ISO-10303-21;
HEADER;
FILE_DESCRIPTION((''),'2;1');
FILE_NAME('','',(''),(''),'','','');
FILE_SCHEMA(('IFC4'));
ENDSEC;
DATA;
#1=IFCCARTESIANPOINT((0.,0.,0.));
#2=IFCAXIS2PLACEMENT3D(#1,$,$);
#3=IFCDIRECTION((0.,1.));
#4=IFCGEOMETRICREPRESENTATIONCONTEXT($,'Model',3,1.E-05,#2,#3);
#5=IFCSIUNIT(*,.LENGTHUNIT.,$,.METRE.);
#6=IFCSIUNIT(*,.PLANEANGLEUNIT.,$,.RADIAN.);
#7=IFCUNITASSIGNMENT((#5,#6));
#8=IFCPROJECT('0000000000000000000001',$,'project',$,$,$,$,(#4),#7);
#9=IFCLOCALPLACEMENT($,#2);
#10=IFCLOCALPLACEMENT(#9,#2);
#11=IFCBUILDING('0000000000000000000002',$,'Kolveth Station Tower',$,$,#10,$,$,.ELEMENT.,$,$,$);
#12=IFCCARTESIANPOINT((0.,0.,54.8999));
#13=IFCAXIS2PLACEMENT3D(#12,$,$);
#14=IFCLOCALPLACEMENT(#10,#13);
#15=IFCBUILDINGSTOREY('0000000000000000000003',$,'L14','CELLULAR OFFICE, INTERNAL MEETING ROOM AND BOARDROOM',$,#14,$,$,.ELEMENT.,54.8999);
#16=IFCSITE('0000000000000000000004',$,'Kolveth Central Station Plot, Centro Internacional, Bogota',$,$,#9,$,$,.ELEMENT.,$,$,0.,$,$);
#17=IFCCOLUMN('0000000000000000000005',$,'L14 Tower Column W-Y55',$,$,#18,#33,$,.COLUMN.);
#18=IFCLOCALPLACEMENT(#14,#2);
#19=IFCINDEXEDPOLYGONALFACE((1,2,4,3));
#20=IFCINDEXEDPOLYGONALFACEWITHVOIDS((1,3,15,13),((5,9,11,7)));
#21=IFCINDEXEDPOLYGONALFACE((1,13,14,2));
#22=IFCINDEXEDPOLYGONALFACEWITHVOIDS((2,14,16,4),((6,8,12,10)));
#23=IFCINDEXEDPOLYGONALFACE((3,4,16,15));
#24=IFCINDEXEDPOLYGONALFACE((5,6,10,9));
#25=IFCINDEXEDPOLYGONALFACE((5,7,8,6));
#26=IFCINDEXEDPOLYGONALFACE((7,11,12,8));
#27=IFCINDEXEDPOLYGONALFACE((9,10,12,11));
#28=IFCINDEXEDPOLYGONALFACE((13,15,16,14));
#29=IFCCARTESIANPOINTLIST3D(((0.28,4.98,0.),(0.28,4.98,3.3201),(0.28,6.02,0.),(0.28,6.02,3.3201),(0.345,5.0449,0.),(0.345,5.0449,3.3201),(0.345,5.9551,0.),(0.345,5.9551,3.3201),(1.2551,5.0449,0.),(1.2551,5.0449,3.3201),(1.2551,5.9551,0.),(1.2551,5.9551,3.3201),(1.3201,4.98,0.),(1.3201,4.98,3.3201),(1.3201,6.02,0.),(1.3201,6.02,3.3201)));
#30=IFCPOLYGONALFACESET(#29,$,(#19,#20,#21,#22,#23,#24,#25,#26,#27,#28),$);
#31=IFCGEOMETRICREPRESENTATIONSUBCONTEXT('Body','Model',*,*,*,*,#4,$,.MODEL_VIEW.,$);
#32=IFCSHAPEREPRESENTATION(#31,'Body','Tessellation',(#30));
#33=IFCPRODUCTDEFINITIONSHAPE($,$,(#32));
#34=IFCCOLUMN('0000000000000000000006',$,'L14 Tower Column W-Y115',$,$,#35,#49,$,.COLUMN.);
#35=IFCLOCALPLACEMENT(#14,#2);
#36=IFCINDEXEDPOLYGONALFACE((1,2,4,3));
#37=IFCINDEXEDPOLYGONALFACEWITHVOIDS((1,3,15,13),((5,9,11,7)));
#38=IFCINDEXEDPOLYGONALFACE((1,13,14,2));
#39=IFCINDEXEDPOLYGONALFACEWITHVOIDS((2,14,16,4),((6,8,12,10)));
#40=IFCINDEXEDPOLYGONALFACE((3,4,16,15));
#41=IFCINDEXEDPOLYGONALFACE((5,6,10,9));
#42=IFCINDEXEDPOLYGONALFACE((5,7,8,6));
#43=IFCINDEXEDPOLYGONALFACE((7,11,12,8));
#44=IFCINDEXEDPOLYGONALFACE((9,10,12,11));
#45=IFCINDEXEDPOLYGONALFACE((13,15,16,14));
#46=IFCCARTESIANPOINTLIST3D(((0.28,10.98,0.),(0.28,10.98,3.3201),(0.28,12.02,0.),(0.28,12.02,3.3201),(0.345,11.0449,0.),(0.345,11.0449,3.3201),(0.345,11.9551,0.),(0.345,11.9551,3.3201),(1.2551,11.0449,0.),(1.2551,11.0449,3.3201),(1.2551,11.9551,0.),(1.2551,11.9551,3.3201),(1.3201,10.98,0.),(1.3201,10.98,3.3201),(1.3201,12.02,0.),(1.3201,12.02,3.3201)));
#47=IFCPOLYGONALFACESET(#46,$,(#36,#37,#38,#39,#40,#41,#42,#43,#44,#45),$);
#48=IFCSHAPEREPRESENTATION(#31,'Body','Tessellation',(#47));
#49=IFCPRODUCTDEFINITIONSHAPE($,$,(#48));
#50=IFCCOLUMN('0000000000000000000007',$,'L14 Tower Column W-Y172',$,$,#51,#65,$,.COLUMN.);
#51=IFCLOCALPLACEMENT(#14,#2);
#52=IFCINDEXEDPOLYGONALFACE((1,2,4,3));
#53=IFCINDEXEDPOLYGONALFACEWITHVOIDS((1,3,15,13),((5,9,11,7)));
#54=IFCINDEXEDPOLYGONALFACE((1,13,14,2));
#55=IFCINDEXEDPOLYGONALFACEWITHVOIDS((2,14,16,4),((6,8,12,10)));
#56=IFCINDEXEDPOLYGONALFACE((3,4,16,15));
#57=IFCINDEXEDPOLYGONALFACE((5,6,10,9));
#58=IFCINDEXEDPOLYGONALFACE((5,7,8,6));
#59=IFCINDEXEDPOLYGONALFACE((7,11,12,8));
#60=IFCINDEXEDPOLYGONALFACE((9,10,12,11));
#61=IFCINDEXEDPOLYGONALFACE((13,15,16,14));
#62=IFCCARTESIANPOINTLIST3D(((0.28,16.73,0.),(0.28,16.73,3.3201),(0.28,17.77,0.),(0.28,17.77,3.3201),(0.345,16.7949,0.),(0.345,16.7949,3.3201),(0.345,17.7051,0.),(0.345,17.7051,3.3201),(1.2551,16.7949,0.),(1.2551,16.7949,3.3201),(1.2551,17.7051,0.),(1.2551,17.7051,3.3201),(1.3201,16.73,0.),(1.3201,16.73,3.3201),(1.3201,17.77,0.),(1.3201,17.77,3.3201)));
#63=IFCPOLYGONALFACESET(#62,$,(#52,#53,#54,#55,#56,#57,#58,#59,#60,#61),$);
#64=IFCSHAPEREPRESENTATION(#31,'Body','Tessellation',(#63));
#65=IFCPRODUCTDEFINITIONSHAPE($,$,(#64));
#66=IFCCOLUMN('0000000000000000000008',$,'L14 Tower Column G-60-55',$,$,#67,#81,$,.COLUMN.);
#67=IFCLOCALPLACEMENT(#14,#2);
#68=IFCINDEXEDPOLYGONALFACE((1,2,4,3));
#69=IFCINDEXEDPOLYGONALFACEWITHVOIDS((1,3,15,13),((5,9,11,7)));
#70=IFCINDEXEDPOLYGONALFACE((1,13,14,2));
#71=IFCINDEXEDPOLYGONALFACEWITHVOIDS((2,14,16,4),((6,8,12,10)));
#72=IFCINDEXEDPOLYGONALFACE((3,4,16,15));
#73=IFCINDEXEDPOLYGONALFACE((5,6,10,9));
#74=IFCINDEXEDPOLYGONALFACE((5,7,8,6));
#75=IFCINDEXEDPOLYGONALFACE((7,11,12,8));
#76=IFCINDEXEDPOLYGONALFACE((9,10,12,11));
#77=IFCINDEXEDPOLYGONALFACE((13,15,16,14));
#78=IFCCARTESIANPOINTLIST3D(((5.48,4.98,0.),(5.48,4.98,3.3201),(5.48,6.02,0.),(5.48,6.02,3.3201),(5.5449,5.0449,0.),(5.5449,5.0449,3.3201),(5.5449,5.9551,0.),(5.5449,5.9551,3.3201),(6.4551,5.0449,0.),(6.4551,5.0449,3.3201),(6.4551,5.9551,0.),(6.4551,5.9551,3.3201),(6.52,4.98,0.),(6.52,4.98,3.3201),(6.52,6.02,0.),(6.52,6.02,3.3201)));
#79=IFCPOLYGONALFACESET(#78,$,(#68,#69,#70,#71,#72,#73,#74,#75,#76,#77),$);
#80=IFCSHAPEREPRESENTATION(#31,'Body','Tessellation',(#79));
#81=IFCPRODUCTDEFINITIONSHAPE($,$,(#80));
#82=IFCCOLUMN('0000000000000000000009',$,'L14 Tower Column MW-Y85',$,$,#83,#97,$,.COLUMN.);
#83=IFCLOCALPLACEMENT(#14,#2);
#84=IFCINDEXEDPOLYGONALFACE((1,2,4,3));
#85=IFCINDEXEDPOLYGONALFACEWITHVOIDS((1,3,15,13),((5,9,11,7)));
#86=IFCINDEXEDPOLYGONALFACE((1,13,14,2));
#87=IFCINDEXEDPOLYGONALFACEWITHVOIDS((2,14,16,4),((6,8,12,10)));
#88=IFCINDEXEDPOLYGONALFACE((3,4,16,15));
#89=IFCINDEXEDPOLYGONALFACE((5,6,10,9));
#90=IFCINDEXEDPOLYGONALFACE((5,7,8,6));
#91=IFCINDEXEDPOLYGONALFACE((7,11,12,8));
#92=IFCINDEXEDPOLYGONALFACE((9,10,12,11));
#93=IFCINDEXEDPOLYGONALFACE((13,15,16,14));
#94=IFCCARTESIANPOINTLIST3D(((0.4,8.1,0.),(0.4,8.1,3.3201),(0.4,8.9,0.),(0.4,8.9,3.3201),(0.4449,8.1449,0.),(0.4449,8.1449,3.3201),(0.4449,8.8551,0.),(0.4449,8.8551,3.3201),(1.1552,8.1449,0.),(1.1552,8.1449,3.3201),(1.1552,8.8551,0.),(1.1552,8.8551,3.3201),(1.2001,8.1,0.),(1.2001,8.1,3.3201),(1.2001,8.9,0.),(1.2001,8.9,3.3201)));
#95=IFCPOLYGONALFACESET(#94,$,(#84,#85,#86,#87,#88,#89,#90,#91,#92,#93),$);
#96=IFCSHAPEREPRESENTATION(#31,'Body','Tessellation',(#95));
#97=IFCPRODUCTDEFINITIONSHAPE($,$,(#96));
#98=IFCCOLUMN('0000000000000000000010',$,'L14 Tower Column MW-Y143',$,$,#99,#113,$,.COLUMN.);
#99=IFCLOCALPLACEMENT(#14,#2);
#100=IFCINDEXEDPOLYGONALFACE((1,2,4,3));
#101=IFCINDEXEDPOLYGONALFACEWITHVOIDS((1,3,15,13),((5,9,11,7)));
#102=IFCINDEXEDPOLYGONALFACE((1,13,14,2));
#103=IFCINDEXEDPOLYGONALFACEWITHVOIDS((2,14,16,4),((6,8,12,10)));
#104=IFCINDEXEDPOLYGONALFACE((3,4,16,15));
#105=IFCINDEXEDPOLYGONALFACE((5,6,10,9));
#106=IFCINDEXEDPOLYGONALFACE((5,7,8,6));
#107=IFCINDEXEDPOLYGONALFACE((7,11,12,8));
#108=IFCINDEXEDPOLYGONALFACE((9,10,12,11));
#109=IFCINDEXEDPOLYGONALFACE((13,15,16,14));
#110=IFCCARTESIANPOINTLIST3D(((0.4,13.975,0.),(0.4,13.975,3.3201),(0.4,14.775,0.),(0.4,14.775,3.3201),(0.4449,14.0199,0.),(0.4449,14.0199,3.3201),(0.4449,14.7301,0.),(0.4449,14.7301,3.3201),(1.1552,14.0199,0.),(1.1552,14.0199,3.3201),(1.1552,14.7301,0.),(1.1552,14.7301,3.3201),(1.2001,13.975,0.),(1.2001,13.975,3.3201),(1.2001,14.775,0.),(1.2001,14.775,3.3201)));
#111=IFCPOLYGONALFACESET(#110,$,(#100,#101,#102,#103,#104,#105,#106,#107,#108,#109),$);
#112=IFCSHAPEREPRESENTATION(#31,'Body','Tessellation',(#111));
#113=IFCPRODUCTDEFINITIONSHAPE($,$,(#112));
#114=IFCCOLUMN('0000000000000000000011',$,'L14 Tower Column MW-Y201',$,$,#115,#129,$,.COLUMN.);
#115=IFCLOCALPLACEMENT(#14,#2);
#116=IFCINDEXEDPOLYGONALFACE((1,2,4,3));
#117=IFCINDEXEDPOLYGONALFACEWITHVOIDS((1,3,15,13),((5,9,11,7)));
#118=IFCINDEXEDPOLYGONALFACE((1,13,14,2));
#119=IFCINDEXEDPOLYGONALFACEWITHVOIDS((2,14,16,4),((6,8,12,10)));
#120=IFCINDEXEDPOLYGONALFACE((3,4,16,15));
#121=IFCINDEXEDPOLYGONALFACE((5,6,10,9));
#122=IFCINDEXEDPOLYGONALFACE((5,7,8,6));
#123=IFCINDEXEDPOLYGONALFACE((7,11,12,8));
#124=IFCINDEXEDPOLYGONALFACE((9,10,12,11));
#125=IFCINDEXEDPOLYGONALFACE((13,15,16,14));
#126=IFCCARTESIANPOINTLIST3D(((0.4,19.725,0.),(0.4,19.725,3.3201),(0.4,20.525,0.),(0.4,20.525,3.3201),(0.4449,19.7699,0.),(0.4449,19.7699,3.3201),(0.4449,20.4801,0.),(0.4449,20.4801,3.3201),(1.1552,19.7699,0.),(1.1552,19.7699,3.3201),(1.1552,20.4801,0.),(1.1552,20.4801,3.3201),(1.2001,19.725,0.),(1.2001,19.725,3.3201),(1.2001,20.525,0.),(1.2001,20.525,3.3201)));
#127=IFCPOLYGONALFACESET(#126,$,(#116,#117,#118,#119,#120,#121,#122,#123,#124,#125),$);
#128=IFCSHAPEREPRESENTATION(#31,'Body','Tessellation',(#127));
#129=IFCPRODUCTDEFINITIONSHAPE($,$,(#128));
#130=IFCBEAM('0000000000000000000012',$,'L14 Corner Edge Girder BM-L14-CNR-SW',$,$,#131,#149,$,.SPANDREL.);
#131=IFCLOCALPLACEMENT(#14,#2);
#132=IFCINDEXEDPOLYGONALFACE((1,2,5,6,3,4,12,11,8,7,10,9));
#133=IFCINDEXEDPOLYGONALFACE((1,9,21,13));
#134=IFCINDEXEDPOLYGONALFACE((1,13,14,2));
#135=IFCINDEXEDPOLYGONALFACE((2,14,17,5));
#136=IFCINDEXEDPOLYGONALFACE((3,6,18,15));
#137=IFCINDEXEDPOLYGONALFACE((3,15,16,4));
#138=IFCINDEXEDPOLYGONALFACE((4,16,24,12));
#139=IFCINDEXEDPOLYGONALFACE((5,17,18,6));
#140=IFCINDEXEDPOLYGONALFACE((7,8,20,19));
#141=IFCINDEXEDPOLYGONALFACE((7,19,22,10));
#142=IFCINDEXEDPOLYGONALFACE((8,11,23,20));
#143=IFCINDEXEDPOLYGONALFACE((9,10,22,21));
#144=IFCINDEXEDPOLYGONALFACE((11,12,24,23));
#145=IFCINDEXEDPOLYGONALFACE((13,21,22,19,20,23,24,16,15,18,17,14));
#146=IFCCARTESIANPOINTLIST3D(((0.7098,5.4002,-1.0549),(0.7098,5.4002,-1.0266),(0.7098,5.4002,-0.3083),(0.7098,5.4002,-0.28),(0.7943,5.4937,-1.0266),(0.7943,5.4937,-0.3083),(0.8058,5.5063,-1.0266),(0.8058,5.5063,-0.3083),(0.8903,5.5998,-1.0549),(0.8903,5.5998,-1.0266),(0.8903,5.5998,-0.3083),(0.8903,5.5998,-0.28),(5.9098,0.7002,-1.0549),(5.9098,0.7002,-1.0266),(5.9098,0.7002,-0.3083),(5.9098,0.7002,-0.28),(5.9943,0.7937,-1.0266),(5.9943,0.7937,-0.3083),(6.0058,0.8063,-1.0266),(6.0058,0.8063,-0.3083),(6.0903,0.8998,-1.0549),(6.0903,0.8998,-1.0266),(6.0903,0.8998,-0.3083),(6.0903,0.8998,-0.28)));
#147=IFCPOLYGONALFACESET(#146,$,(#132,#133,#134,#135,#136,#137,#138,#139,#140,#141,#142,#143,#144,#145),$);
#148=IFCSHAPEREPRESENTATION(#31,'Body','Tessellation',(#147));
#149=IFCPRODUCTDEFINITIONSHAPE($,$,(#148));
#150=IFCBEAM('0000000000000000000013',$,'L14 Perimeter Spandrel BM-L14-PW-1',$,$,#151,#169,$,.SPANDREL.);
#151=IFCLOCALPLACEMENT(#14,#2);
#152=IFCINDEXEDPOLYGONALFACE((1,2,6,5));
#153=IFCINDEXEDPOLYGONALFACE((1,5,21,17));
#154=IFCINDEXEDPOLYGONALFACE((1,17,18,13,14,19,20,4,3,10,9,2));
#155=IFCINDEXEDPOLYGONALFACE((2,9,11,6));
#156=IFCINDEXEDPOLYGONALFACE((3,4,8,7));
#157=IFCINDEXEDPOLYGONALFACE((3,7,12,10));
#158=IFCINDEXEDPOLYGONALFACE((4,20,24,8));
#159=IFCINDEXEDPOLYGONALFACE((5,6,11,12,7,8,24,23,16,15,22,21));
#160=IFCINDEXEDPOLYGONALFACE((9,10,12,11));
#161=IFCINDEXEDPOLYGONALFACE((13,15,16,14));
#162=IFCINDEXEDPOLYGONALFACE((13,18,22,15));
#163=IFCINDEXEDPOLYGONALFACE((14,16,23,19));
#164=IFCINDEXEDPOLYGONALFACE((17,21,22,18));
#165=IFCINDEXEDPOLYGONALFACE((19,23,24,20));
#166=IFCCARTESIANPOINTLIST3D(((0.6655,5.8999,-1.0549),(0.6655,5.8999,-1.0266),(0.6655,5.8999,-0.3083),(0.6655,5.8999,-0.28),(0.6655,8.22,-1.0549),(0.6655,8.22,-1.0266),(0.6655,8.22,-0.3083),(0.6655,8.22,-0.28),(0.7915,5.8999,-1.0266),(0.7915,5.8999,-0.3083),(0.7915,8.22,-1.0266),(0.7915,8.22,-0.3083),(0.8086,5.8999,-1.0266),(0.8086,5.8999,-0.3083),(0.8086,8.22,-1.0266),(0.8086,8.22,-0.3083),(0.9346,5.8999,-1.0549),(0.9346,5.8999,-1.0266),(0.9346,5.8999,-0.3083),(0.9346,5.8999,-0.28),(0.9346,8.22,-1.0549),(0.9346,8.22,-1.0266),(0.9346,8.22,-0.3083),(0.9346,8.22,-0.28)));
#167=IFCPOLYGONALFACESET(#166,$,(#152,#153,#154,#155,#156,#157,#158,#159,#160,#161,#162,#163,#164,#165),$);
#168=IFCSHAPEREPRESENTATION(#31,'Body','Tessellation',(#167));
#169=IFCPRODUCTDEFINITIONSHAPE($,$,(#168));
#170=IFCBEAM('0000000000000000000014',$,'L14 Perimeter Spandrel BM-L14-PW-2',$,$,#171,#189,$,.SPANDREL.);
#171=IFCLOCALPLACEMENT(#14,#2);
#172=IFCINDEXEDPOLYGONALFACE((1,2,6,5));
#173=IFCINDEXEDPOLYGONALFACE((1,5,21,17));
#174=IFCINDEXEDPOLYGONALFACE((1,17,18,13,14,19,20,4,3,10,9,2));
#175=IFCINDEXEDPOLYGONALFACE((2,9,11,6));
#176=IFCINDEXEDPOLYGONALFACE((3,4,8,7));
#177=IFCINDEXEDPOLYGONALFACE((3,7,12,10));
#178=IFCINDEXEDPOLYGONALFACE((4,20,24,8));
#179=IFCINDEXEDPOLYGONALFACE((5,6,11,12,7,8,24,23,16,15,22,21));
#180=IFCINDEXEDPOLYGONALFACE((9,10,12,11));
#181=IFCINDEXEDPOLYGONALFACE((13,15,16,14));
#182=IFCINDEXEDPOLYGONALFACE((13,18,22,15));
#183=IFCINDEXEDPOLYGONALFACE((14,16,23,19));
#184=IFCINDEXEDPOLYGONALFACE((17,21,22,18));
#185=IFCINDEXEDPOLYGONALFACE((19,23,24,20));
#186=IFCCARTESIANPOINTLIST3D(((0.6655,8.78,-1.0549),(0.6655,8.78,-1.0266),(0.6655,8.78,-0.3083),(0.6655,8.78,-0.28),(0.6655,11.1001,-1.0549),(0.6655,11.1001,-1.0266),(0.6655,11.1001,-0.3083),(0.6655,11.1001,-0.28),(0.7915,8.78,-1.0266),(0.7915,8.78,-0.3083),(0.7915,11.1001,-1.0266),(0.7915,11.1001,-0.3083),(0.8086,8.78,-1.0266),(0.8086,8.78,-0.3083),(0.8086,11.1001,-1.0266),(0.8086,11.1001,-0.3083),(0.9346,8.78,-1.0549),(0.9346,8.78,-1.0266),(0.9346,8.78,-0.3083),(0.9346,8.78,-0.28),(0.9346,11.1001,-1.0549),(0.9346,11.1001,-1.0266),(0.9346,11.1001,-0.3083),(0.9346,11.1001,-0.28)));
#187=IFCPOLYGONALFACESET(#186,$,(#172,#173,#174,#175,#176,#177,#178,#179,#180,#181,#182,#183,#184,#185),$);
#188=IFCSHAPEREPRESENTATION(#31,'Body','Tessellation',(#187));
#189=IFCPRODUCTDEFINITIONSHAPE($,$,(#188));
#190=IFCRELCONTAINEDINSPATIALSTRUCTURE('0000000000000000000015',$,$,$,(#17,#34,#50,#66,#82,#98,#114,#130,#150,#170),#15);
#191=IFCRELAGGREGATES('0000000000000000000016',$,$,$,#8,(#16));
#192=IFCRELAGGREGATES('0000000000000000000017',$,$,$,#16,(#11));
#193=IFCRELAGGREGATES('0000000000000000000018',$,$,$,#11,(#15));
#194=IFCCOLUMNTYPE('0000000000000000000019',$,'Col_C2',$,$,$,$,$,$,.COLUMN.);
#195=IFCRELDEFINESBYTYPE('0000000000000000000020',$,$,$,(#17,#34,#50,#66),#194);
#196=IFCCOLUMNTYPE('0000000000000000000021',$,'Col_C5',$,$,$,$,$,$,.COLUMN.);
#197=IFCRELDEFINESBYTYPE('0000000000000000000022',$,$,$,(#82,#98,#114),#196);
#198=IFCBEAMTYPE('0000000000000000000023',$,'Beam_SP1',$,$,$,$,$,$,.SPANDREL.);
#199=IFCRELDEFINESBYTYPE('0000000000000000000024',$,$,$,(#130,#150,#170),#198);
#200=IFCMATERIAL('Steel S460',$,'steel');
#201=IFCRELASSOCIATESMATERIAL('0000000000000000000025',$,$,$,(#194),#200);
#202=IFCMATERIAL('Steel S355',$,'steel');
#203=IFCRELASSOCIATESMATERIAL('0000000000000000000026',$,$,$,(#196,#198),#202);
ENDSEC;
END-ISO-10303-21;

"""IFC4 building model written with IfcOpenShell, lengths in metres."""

from ifc_helpers import new_model, si_unit, direction, frame, origin, origin_2d, place, context, subcontext, project, spatial, hollow_rectangle, i_section, extrude, source, transform, mapped, material, material_profile, profile_set, type_object, element, save


model = new_model("IFC4")

# Units and contexts
model_context = context("Model", 3, precision=1e-05, world=origin(), true_north=direction((0.0, 1.0)))
body_context = subcontext(model_context, "Body", "Model", "MODEL_VIEW")
ifc_project = project(units=[si_unit("LENGTHUNIT", "METRE"), si_unit("PLANEANGLEUNIT", "RADIAN")], contexts=[model_context])

# Site, building, storey
site_placement = place(None, origin())
site = spatial("IfcSite", under=ifc_project, at=site_placement, Name="Kolveth Central Station Plot, Centro Internacional, Bogota", CompositionType="ELEMENT", RefElevation=0.0)
building_placement = place(site_placement, origin())
building = spatial("IfcBuilding", under=site, at=building_placement, Name="Kolveth Station Tower", CompositionType="ELEMENT")
storey_placement = place(building_placement, frame((0.0, 0.0, 54.8999)))
storey = spatial("IfcBuildingStorey", under=building, at=storey_placement, Name="L14", Description="CELLULAR OFFICE, INTERNAL MEETING ROOM AND BOARDROOM", CompositionType="ELEMENT", Elevation=54.8999)

# Columns
ifc_material_1 = material(Name="Steel S460", Category="steel")
ifc_material_profile_1 = material_profile(ifc_material_1, hollow_rectangle(XDim=1.04, YDim=1.04, WallThickness=0.0649, at=origin_2d()), Name="BOX1040x1040x65")
ifc_profile_set_1 = profile_set([ifc_material_profile_1], Name="Steel S460")
column_type_1 = type_object("IfcColumnType", Name="Col_C2", PredefinedType="COLUMN", material=ifc_profile_set_1)
shared_shape_1 = source(origin(), body_context, "Body", "SweptSolid", [
    extrude(hollow_rectangle(XDim=1.04, YDim=1.04, WallThickness=0.0649, at=origin_2d()), origin(), (0.0, 0.0, 1.0), 3.3201),
])
for number, where, z_axis, x_axis, name in (
    (1, (0.8, 5.5, 0.0), (0.0, 0.0, 1.0), (1.0, 0.0, 0.0), "L14 Tower Column W-Y55"),
    (2, (0.8, 11.5, 0.0), (0.0, 0.0, 1.0), (1.0, 0.0, 0.0), "L14 Tower Column W-Y115"),
    (3, (0.8, 17.25, 0.0), (0.0, 0.0, 1.0), (1.0, 0.0, 0.0), "L14 Tower Column W-Y172"),
    (4, (6.0, 5.5, 0.0), (0.0, 0.0, 1.0), (1.0, 0.0, 0.0), "L14 Tower Column G-60-55"),
):
    element("IfcColumn", number, at=place(storey_placement, frame(where, z_axis=z_axis, x_axis=x_axis)), inside=storey, type_object=column_type_1, Name=name, PredefinedType="COLUMN", context=body_context, shape_type="MappedRepresentation", body=[
        mapped(shared_shape_1, transform((0.0, 0.0, 0.0), x_axis=(1.0, 0.0, 0.0), y_axis=(0.0, 1.0, 0.0), z_axis=(0.0, 0.0, 1.0), scale=1.0)),
    ])
ifc_material_2 = material(Name="Steel S355", Category="steel")
ifc_material_profile_2 = material_profile(ifc_material_2, hollow_rectangle(XDim=0.8, YDim=0.8, WallThickness=0.0449, at=origin_2d()), Name="BOX800x800x45")
ifc_profile_set_2 = profile_set([ifc_material_profile_2], Name="Steel S355")
column_type_2 = type_object("IfcColumnType", Name="Col_C5", PredefinedType="COLUMN", material=ifc_profile_set_2)
shared_shape_2 = source(origin(), body_context, "Body", "SweptSolid", [
    extrude(hollow_rectangle(XDim=0.8, YDim=0.8, WallThickness=0.0449, at=origin_2d()), origin(), (0.0, 0.0, 1.0), 3.3201),
])
for number, where, z_axis, x_axis, name in (
    (5, (0.8, 8.5, 0.0), (0.0, 0.0, 1.0), (1.0, 0.0, 0.0), "L14 Tower Column MW-Y85"),
    (6, (0.8, 14.375, 0.0), (0.0, 0.0, 1.0), (1.0, 0.0, 0.0), "L14 Tower Column MW-Y143"),
    (7, (0.8, 20.125, 0.0), (0.0, 0.0, 1.0), (1.0, 0.0, 0.0), "L14 Tower Column MW-Y201"),
):
    element("IfcColumn", number, at=place(storey_placement, frame(where, z_axis=z_axis, x_axis=x_axis)), inside=storey, type_object=column_type_2, Name=name, PredefinedType="COLUMN", context=body_context, shape_type="MappedRepresentation", body=[
        mapped(shared_shape_2, transform((0.0, 0.0, 0.0), x_axis=(1.0, 0.0, 0.0), y_axis=(0.0, 1.0, 0.0), z_axis=(0.0, 0.0, 1.0), scale=1.0)),
    ])

# Beams
ifc_material_profile_3 = material_profile(ifc_material_2, i_section(OverallWidth=0.269, OverallDepth=0.7749, WebThickness=0.0171, FlangeThickness=0.0283, at=origin_2d()), Name="W760x220")
ifc_profile_set_3 = profile_set([ifc_material_profile_3], Name="Steel S355")
beam_type_1 = type_object("IfcBeamType", Name="Beam_SP1", PredefinedType="SPANDREL", material=ifc_profile_set_3)
shared_shape_3 = source(origin(), body_context, "Body", "SweptSolid", [
    extrude(i_section(OverallWidth=0.269, OverallDepth=0.7749, WebThickness=0.0171, FlangeThickness=0.0283, at=origin_2d()), origin(), (0.0, 0.0, 1.0), 7.0093),
])
beam_1_placement = place(storey_placement, frame((0.8, 5.5, -0.6675), z_axis=(0.741874, -0.670539, 0.0), x_axis=(0.670539, 0.741874, 0.0)))
element("IfcBeam", 8, at=beam_1_placement, inside=storey, type_object=beam_type_1, Name="L14 Corner Edge Girder BM-L14-CNR-SW", PredefinedType="SPANDREL", context=body_context, shape_type="MappedRepresentation", body=[
    mapped(shared_shape_3, transform((0.0, 0.0, 0.0), x_axis=(1.0, 0.0, 0.0), y_axis=(0.0, 1.0, 0.0), z_axis=(0.0, 0.0, 1.0), scale=1.0)),
])
shared_shape_4 = source(origin(), body_context, "Body", "SweptSolid", [
    extrude(i_section(OverallWidth=0.269, OverallDepth=0.7749, WebThickness=0.0171, FlangeThickness=0.0283, at=origin_2d()), origin(), (0.0, 0.0, 1.0), 2.3201),
])
for number, where, z_axis, x_axis, name in (
    (9, (0.8, 5.8999, -0.6675), (0.0, 1.0, 0.0), (-1.0, 0.0, 0.0), "L14 Perimeter Spandrel BM-L14-PW-1"),
    (10, (0.8, 8.78, -0.6675), (0.0, 1.0, 0.0), (-1.0, 0.0, 0.0), "L14 Perimeter Spandrel BM-L14-PW-2"),
):
    element("IfcBeam", number, at=place(storey_placement, frame(where, z_axis=z_axis, x_axis=x_axis)), inside=storey, type_object=beam_type_1, Name=name, PredefinedType="SPANDREL", context=body_context, shape_type="MappedRepresentation", body=[
        mapped(shared_shape_4, transform((0.0, 0.0, 0.0), x_axis=(1.0, 0.0, 0.0), y_axis=(0.0, 1.0, 0.0), z_axis=(0.0, 0.0, 1.0), scale=1.0)),
    ])

save(model, "model.ifc")
